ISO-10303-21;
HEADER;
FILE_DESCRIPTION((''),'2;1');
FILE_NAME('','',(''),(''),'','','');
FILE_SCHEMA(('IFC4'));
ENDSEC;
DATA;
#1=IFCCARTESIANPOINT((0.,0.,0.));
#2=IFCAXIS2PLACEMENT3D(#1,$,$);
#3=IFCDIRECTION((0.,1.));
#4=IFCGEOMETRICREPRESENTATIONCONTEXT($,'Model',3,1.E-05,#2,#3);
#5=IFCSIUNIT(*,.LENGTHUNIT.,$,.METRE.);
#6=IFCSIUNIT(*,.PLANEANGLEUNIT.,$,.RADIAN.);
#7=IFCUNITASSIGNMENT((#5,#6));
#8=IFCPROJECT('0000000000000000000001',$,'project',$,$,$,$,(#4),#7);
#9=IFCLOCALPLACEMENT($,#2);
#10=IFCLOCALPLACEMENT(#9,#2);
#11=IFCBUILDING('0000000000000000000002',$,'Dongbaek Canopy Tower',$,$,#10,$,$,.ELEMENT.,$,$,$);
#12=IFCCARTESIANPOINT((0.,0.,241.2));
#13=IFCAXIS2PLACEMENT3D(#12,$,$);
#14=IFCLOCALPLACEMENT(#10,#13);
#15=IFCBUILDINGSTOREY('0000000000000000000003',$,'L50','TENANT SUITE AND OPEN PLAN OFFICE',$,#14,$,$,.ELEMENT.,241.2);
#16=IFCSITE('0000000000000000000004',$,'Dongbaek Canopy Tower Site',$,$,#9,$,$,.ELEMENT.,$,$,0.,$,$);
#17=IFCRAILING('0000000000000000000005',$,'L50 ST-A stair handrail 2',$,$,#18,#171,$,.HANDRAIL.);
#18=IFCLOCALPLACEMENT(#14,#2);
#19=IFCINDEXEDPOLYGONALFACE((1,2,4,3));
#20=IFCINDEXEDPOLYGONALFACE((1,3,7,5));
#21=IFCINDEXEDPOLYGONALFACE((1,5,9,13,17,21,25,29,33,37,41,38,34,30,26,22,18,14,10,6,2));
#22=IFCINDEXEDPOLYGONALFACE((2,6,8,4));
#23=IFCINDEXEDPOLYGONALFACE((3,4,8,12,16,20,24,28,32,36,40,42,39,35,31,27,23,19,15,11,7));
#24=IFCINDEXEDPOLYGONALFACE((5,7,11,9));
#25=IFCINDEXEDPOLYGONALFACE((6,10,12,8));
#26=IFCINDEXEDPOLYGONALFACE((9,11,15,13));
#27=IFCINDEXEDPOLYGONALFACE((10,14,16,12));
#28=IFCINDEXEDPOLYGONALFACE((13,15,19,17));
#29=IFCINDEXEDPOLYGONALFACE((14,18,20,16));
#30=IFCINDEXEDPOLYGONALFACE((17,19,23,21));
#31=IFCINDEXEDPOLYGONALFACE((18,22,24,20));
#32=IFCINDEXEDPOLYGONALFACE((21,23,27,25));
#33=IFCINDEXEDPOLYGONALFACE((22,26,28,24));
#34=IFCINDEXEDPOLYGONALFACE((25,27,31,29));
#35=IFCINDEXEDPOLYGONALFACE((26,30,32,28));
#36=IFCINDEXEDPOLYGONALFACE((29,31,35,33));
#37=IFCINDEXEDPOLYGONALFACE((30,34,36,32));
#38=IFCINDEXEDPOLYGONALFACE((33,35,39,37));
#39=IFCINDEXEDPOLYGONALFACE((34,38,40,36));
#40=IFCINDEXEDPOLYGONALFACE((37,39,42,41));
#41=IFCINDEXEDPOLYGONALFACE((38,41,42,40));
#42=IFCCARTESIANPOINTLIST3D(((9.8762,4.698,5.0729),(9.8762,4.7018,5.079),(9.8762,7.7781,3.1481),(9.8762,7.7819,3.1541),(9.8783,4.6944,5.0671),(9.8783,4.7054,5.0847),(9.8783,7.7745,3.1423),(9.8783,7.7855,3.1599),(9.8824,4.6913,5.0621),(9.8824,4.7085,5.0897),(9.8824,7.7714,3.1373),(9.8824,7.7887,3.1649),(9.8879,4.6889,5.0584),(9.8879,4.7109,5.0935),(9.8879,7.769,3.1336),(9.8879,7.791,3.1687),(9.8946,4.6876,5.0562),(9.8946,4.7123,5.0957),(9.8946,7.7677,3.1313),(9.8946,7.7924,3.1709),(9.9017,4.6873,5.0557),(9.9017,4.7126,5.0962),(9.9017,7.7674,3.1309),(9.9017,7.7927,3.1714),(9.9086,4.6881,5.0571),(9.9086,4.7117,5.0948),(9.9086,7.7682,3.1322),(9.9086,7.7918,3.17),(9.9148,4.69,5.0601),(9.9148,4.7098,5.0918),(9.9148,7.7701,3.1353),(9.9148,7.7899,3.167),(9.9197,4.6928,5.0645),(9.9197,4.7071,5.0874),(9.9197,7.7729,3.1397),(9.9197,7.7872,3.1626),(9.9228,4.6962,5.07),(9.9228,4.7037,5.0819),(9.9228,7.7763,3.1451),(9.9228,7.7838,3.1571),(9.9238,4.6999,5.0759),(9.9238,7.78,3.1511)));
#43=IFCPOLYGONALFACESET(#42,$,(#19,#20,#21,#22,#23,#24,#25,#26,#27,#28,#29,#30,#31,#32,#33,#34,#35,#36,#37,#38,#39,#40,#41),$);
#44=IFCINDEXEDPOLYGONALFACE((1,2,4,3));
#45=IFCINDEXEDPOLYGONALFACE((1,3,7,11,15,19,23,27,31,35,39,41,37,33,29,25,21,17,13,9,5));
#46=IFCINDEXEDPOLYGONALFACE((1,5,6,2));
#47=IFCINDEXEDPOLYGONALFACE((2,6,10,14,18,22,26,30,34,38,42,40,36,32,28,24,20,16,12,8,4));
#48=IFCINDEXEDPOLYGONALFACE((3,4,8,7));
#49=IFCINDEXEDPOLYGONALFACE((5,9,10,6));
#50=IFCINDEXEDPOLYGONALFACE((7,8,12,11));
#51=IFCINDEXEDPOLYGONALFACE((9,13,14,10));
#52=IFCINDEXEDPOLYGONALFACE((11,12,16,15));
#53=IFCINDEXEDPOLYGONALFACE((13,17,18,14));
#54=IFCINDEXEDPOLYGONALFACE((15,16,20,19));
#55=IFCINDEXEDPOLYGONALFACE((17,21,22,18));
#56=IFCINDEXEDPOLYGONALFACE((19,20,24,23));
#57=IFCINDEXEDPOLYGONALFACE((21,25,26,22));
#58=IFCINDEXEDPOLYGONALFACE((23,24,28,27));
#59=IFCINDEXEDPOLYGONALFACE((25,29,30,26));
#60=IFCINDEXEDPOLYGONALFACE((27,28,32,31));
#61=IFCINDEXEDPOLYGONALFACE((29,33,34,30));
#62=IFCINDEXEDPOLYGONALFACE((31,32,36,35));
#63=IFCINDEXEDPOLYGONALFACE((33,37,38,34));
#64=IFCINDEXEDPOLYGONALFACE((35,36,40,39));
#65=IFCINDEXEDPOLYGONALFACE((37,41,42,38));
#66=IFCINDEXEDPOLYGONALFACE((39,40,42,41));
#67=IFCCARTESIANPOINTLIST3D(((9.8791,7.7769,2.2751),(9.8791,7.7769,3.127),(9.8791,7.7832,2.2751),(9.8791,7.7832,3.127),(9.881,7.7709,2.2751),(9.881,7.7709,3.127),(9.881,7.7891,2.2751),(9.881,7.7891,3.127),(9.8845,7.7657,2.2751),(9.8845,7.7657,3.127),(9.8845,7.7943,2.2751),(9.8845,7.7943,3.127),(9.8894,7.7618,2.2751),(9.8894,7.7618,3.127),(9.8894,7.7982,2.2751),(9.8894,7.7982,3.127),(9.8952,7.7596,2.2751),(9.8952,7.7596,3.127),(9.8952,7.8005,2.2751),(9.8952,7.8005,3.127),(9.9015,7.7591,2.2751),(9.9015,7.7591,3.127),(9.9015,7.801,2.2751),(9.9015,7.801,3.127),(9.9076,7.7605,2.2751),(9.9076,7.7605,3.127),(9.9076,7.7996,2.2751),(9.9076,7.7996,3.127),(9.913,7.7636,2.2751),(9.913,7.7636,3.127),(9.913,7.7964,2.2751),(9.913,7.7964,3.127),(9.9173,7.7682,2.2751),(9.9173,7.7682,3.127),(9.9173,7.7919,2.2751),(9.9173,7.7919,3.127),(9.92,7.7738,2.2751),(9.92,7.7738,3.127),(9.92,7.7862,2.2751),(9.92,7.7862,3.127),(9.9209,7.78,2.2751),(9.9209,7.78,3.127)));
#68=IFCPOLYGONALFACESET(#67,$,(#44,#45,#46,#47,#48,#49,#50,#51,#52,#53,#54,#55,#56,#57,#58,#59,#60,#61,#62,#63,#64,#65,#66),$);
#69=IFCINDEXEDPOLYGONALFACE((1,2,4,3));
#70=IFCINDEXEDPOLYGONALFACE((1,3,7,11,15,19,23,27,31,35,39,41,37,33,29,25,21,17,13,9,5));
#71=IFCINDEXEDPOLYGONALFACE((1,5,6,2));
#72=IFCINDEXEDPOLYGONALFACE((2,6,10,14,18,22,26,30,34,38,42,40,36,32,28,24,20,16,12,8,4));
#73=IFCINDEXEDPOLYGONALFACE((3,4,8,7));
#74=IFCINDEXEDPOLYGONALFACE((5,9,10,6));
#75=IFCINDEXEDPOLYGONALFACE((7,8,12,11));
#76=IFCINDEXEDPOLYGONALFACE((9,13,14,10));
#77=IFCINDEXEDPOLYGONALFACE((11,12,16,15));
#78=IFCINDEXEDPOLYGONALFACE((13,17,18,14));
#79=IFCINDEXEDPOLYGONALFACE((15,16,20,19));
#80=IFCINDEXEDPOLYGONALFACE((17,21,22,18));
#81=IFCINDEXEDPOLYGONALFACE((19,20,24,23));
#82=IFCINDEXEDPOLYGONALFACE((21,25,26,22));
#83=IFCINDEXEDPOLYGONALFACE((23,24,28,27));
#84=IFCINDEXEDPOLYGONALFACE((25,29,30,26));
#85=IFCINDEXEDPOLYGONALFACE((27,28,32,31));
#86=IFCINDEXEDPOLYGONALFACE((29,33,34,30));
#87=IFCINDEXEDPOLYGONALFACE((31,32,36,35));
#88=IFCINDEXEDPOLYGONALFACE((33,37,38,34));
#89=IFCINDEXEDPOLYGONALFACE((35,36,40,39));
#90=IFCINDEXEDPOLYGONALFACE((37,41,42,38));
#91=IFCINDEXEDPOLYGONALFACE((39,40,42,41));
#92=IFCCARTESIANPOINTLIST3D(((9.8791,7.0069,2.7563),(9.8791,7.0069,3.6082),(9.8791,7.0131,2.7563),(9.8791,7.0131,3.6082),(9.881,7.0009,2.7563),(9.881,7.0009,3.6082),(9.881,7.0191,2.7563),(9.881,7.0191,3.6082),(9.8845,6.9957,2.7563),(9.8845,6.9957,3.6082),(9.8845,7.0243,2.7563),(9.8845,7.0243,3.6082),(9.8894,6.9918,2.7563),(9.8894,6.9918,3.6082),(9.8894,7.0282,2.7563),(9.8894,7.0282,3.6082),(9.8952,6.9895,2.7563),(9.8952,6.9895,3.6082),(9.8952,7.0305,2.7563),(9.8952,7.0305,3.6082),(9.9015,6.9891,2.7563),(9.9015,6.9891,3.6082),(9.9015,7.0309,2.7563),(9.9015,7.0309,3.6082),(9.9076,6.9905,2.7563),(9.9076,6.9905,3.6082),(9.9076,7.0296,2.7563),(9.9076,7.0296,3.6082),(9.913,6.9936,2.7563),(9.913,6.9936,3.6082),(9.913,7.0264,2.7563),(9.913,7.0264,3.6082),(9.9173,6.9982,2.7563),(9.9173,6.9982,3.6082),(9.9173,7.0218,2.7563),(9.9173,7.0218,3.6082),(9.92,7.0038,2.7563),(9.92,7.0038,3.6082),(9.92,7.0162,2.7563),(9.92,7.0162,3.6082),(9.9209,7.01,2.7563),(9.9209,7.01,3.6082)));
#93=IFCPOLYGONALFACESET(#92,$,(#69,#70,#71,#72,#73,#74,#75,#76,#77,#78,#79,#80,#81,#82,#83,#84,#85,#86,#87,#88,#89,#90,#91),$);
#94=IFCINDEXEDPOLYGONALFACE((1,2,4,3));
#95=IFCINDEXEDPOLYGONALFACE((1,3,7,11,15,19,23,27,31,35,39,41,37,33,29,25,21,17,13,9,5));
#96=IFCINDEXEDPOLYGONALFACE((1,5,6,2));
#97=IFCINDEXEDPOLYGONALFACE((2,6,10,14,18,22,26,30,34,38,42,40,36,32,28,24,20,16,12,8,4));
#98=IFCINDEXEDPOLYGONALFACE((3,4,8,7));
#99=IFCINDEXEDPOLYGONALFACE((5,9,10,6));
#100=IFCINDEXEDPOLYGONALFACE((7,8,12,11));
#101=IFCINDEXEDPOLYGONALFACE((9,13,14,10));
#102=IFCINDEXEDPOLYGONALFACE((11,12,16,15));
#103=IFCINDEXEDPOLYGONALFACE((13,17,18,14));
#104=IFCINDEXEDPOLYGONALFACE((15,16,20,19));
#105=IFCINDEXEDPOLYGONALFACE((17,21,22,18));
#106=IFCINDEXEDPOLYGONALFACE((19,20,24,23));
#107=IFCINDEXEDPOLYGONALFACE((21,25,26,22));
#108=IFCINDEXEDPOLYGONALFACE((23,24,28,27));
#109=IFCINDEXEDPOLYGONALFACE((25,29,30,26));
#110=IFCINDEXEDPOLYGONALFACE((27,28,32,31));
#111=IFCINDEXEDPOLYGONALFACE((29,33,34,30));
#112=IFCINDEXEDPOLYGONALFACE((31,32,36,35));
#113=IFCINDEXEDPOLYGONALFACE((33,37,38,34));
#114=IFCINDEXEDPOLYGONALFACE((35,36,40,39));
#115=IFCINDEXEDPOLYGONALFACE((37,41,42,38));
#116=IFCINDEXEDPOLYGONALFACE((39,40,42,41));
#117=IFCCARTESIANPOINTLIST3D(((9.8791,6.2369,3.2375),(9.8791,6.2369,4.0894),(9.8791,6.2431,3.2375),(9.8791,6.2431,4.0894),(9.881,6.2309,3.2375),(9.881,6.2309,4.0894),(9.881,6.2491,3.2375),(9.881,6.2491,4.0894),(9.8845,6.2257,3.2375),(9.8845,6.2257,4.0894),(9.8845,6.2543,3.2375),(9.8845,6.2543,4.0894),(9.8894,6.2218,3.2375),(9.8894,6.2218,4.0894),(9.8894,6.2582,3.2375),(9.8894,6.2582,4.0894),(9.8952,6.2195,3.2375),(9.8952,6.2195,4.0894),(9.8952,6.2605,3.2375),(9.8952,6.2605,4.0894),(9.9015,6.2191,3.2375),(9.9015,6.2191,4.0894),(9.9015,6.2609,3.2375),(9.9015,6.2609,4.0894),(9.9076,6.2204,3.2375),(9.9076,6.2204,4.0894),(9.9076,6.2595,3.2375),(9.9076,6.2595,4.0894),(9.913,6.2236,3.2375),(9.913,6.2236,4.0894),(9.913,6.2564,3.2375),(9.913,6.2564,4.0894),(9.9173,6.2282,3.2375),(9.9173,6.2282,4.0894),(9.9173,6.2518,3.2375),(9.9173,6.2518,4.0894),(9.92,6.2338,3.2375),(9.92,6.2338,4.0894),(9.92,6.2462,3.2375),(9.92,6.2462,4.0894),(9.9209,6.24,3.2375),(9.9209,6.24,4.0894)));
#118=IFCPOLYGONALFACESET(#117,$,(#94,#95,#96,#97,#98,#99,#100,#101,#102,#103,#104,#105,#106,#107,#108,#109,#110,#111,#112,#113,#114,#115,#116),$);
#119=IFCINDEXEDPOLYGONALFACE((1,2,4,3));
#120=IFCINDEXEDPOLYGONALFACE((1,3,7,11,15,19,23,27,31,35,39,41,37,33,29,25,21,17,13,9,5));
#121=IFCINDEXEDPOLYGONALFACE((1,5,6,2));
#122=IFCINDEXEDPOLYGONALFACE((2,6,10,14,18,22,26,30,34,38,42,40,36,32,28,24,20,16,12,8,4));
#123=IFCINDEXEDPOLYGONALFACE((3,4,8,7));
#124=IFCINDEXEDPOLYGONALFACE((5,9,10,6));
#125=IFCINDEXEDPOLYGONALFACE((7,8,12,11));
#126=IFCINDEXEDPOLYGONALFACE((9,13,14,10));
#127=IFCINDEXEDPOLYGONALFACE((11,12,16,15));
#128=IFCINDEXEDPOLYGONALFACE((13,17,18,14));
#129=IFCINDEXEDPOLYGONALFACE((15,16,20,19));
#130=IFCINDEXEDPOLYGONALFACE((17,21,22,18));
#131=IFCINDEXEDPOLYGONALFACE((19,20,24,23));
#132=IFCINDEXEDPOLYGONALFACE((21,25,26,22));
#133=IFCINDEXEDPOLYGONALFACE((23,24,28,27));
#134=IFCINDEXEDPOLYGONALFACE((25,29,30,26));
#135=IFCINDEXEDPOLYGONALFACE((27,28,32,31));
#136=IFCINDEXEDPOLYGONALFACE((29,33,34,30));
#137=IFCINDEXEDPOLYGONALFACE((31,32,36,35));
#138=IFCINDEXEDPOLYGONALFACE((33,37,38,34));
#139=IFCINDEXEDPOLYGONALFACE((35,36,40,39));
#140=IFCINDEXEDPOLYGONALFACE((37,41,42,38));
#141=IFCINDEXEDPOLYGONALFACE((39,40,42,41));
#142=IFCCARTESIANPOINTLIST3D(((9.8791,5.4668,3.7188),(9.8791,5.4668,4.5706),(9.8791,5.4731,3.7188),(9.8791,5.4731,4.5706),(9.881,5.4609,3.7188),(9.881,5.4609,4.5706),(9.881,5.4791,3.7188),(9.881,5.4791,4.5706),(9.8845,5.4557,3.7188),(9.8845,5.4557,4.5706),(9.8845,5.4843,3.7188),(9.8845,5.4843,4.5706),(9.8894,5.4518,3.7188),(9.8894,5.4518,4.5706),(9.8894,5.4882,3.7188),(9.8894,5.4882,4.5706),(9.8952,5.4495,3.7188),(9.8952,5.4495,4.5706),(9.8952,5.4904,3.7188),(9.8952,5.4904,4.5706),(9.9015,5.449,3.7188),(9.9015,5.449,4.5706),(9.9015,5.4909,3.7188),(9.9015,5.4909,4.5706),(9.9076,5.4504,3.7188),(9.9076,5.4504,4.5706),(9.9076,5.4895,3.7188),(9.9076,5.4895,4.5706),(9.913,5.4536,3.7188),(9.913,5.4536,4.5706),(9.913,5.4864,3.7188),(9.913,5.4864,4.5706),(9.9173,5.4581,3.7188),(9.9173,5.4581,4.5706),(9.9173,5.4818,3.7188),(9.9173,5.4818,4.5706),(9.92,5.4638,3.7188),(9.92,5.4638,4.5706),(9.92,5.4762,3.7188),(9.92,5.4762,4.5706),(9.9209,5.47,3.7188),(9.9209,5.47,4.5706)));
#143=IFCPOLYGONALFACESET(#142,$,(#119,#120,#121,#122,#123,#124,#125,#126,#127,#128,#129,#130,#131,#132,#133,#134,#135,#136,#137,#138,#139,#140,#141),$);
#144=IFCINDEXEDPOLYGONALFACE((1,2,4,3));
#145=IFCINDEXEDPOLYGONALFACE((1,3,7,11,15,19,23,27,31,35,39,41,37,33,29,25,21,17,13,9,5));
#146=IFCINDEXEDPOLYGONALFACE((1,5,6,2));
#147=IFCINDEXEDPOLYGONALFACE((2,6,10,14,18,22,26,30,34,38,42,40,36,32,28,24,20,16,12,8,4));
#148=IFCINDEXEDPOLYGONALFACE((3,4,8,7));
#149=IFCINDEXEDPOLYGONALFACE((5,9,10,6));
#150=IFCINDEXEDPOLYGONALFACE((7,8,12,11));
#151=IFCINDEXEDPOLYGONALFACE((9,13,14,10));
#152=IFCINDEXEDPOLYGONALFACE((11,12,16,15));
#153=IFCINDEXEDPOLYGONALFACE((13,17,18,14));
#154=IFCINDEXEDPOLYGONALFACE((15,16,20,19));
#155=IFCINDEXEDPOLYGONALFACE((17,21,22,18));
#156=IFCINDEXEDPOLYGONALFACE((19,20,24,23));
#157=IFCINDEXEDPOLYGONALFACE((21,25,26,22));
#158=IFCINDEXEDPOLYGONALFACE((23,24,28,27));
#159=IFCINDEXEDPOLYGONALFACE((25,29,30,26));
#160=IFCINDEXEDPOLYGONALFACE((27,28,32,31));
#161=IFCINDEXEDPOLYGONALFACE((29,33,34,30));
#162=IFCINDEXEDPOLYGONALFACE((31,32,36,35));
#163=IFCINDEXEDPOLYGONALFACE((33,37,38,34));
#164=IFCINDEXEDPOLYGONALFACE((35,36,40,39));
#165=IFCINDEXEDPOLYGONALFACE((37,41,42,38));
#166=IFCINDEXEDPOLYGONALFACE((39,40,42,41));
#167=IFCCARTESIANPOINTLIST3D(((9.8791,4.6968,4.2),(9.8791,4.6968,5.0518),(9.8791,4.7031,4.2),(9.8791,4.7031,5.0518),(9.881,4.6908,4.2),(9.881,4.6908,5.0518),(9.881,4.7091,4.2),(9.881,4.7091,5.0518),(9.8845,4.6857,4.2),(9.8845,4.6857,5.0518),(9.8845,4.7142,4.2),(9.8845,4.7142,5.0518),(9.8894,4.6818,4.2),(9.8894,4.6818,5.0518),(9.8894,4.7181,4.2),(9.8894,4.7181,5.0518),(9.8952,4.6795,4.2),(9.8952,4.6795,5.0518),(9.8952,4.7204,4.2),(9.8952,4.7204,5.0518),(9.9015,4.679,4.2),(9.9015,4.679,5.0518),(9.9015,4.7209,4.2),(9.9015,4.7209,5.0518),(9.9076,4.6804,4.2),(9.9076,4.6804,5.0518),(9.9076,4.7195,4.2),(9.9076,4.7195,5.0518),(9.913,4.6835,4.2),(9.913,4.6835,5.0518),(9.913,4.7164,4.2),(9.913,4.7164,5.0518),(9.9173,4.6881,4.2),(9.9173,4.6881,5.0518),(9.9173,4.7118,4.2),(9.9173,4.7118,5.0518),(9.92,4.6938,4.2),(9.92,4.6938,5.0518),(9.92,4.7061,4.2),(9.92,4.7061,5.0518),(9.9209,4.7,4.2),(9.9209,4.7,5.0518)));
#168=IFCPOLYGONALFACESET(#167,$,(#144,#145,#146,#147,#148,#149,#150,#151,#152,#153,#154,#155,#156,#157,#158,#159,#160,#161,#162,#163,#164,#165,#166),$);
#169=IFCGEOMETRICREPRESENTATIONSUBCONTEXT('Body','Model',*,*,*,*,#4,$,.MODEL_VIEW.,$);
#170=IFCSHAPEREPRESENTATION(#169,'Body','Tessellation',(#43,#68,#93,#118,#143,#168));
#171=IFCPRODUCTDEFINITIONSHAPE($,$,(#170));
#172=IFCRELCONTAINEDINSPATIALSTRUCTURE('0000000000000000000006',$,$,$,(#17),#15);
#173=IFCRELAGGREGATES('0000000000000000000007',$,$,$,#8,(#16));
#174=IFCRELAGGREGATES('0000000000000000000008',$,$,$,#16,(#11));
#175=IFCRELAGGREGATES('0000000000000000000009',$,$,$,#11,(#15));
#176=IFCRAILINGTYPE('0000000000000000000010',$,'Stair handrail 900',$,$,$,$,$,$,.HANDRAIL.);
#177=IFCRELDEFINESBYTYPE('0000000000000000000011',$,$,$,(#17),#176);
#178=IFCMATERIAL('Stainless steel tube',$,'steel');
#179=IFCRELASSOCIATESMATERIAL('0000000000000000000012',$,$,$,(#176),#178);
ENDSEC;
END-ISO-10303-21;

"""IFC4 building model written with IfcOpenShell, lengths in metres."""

from ifc_helpers import new_model, si_unit, direction, frame, origin, origin_2d, place, context, subcontext, project, spatial, circle, extrude, material, type_object, element, save


model = new_model("IFC4")

# Units and contexts
model_context = context("Model", 3, precision=1e-05, world=origin(), true_north=direction((0.0, 1.0)))
body_context = subcontext(model_context, "Body", "Model", "MODEL_VIEW")
ifc_project = project(units=[si_unit("LENGTHUNIT", "METRE"), si_unit("PLANEANGLEUNIT", "RADIAN")], contexts=[model_context])

# Site, building, storey
site_placement = place(None, origin())
site = spatial("IfcSite", under=ifc_project, at=site_placement, Name="Dongbaek Canopy Tower Site", CompositionType="ELEMENT", RefElevation=0.0)
building_placement = place(site_placement, origin())
building = spatial("IfcBuilding", under=site, at=building_placement, Name="Dongbaek Canopy Tower", CompositionType="ELEMENT")
storey_placement = place(building_placement, frame((0.0, 0.0, 241.2)))
storey = spatial("IfcBuildingStorey", under=building, at=storey_placement, Name="L50", Description="TENANT SUITE AND OPEN PLAN OFFICE", CompositionType="ELEMENT", Elevation=241.2)

# Railing
ifc_material_1 = material(Name="Stainless steel tube", Category="steel")
railing_type_1 = type_object("IfcRailingType", Name="Stair handrail 900", PredefinedType="HANDRAIL", material=ifc_material_1)
railing_1_placement = place(storey_placement, frame((9.8999, 7.78, 2.2751)))
element("IfcRailing", 1, at=railing_1_placement, inside=storey, type_object=railing_type_1, Name="L50 ST-A stair handrail 2", PredefinedType="HANDRAIL", context=body_context, shape_type="SweptSolid", body=[
    extrude(circle(Radius=0.0239, at=origin_2d()), frame((0.0, 0.0, 0.876), z_axis=(0.0, -0.848029, 0.529951), x_axis=(1.0, 0.0, 0.0)), (0.0, 0.0, 1.0), 3.6321),
    extrude(circle(Radius=0.021, at=origin_2d()), origin(), (0.0, 0.0, 1.0), 0.8518),
    extrude(circle(Radius=0.021, at=origin_2d()), frame((0.0, -0.77, 0.4812)), (0.0, 0.0, 1.0), 0.8518),
    extrude(circle(Radius=0.021, at=origin_2d()), frame((0.0, -1.54, 0.9624)), (0.0, 0.0, 1.0), 0.8518),
    extrude(circle(Radius=0.021, at=origin_2d()), frame((0.0, -2.3101, 1.4436)), (0.0, 0.0, 1.0), 0.8518),
    extrude(circle(Radius=0.021, at=origin_2d()), frame((0.0, -3.0801, 1.9248)), (0.0, 0.0, 1.0), 0.8518),
])

save(model, "model.ifc")
